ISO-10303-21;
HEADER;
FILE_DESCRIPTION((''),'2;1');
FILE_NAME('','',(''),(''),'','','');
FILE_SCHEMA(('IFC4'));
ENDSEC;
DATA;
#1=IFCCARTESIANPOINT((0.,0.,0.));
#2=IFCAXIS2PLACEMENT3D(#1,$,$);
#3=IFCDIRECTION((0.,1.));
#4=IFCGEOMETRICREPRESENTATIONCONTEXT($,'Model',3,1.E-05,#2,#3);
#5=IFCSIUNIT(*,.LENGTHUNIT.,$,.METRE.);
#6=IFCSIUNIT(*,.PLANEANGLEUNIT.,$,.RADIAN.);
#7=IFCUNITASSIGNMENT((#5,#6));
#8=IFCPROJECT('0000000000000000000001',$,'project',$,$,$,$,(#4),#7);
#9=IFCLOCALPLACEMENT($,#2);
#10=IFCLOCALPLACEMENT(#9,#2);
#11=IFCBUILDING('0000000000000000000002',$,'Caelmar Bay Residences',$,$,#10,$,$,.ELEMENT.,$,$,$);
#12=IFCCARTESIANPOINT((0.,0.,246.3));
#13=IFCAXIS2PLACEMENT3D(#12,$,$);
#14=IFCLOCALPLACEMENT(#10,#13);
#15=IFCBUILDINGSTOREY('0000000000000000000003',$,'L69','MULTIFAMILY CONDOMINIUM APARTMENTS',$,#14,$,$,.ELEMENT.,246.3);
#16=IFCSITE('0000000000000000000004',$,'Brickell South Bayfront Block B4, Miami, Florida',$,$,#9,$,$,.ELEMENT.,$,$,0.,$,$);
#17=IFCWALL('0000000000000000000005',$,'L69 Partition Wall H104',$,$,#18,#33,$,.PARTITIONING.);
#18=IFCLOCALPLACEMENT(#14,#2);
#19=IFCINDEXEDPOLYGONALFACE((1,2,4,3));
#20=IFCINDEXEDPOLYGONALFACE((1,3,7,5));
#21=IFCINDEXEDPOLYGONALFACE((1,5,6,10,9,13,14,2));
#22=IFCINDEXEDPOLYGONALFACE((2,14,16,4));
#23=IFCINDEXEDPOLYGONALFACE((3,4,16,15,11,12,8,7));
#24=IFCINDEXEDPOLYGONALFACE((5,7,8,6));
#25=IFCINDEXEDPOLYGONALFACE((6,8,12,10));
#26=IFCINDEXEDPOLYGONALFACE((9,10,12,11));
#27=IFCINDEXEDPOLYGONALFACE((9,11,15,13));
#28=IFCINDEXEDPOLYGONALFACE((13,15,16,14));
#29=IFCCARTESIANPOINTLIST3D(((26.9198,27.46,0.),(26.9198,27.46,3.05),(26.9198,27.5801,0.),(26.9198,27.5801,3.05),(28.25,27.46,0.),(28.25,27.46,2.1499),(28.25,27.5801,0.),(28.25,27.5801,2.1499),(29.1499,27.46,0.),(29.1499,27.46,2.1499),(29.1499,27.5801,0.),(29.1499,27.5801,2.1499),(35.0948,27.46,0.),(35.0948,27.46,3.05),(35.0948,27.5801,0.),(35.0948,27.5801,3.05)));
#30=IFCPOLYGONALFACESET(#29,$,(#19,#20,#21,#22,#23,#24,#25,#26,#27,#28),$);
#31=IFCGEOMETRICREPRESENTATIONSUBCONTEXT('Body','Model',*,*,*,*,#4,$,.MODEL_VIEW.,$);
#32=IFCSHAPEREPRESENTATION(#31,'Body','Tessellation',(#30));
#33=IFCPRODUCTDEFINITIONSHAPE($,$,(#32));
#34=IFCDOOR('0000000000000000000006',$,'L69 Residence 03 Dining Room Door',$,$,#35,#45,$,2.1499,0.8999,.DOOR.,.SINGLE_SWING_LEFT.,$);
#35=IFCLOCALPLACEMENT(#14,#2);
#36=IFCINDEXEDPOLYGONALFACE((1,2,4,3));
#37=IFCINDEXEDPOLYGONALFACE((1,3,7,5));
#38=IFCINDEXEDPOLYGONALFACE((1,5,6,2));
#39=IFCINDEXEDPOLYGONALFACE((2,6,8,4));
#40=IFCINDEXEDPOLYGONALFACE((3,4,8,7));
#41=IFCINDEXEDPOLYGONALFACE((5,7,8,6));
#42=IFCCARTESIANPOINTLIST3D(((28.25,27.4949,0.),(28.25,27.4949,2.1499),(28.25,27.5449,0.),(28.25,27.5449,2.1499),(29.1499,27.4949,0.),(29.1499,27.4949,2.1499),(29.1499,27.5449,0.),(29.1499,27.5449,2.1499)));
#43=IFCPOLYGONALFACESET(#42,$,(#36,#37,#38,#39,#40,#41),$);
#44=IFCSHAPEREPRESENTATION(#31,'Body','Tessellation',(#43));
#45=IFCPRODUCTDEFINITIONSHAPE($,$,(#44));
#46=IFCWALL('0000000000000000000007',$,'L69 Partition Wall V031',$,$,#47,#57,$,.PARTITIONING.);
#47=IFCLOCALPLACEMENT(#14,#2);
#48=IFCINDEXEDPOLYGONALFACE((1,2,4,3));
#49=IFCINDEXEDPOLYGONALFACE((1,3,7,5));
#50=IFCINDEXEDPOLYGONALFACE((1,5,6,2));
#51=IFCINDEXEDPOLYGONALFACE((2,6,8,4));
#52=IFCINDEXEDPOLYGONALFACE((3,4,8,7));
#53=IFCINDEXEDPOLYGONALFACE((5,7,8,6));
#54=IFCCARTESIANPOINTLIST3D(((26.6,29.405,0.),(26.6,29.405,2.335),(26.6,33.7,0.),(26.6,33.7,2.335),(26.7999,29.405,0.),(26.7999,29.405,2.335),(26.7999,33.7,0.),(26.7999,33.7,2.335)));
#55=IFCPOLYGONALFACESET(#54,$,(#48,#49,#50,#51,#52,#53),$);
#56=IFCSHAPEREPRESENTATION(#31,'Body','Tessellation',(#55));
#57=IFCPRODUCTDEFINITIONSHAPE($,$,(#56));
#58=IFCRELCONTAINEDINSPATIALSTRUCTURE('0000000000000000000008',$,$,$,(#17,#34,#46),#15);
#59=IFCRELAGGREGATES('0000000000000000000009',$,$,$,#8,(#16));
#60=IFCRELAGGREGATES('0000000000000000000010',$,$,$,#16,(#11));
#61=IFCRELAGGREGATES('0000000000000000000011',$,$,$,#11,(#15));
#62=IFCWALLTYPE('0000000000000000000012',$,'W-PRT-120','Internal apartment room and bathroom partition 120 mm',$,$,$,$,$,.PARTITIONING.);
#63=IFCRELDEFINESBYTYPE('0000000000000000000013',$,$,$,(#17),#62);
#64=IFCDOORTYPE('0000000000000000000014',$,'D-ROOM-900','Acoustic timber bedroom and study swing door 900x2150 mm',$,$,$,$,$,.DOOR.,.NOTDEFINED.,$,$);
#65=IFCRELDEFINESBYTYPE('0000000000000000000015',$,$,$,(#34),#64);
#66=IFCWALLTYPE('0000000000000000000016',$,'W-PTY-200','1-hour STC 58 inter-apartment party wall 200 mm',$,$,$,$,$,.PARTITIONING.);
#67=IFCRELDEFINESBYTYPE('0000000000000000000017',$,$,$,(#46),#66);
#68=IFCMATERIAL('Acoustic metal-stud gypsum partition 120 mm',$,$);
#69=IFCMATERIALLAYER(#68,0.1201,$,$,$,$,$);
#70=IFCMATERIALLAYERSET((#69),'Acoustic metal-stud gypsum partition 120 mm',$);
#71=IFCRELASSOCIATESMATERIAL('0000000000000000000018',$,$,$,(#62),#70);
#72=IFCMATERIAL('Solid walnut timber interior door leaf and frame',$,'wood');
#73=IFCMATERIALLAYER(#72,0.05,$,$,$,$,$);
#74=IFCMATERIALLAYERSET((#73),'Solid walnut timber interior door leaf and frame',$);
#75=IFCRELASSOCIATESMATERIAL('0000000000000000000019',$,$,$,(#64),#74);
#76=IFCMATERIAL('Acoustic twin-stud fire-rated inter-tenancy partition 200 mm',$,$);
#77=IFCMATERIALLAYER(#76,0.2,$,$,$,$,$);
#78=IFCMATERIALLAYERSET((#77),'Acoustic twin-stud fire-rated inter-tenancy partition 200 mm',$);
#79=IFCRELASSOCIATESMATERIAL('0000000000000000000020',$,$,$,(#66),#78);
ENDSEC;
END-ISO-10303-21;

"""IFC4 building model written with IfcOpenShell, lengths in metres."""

from ifc_helpers import new_model, si_unit, direction, frame, frame_2d, origin, place, context, subcontext, project, spatial, rectangle, extrude, material, layer, layer_set, type_object, element, fill, save


model = new_model("IFC4")

# Units and contexts
model_context = context("Model", 3, precision=1e-05, world=origin(), true_north=direction((0.0, 1.0)))
body_context = subcontext(model_context, "Body", "Model", "MODEL_VIEW")
ifc_project = project(units=[si_unit("LENGTHUNIT", "METRE"), si_unit("PLANEANGLEUNIT", "RADIAN")], contexts=[model_context])

# Site, building, storey
site_placement = place(None, origin())
site = spatial("IfcSite", under=ifc_project, at=site_placement, Name="Brickell South Bayfront Block B4, Miami, Florida", CompositionType="ELEMENT", RefElevation=0.0)
building_placement = place(site_placement, origin())
building = spatial("IfcBuilding", under=site, at=building_placement, Name="Caelmar Bay Residences", CompositionType="ELEMENT")
storey_placement = place(building_placement, frame((0.0, 0.0, 246.3)))
storey = spatial("IfcBuildingStorey", under=building, at=storey_placement, Name="L69", Description="MULTIFAMILY CONDOMINIUM APARTMENTS", CompositionType="ELEMENT", Elevation=246.3)

# Shared definitions
ifc_material_1 = material(Name="Acoustic metal-stud gypsum partition 120 mm")
ifc_layer_1 = layer(ifc_material_1, 0.1201)
ifc_layer_set_1 = layer_set([ifc_layer_1], Name="Acoustic metal-stud gypsum partition 120 mm")
wall_type_1 = type_object("IfcWallType", Name="W-PRT-120", Description="Internal apartment room and bathroom partition 120 mm", PredefinedType="PARTITIONING", material=ifc_layer_set_1)

# Shared definitions
ifc_material_2 = material(Name="Solid walnut timber interior door leaf and frame", Category="wood")
ifc_layer_2 = layer(ifc_material_2, 0.05)
ifc_layer_set_2 = layer_set([ifc_layer_2], Name="Solid walnut timber interior door leaf and frame")
door_type_1 = type_object("IfcDoorType", Name="D-ROOM-900", Description="Acoustic timber bedroom and study swing door 900x2150 mm", OperationType="NOTDEFINED", PredefinedType="DOOR", material=ifc_layer_set_2)

# Wall, opening, door
wall_1_placement = place(storey_placement, frame((26.9199, 27.52, 0.0), z_axis=(0.0, 0.0, 1.0), x_axis=(1.0, 0.0, 0.0)))
wall_1 = element("IfcWall", 1, at=wall_1_placement, inside=storey, type_object=wall_type_1, Name="L69 Partition Wall H104", PredefinedType="PARTITIONING", context=body_context, shape_type="SweptSolid", body=[
    extrude(rectangle(XDim=8.175, YDim=0.1201, at=frame_2d((4.0874, 0.0))), origin(), (0.0, 0.0, 1.0), 3.05),
])
opening_1_placement = place(wall_1_placement, frame((1.3301, 0.0, 0.0)))
opening_1 = element("IfcOpeningElement", 2, at=opening_1_placement, cuts=wall_1, PredefinedType="OPENING", context=body_context, shape_type="SweptSolid", body=[
    extrude(rectangle(XDim=0.8999, YDim=2.1499, at=frame_2d((0.45, 1.075))), frame((0.0, 0.0701, 0.0), z_axis=(0.0, -1.0, 0.0), x_axis=(1.0, 0.0, 0.0)), (0.0, 0.0, 1.0), 0.1401),
])
door_1_placement = place(opening_1_placement, origin())
door_1 = element("IfcDoor", 3, at=door_1_placement, inside=storey, type_object=door_type_1, Name="L69 Residence 03 Dining Room Door", OperationType="SINGLE_SWING_LEFT", OverallHeight=2.1499, OverallWidth=0.8999, PredefinedType="DOOR", context=body_context, shape_type="SweptSolid", body=[
    extrude(rectangle(XDim=0.8999, YDim=2.1499, at=frame_2d((0.45, 1.075))), frame((0.0, 0.0249, 0.0), z_axis=(0.0, -1.0, 0.0), x_axis=(1.0, 0.0, 0.0)), (0.0, 0.0, 1.0), 0.05),
])
fill(opening_1, door_1)

# Wall
ifc_material_3 = material(Name="Acoustic twin-stud fire-rated inter-tenancy partition 200 mm")
ifc_layer_3 = layer(ifc_material_3, 0.2)
ifc_layer_set_3 = layer_set([ifc_layer_3], Name="Acoustic twin-stud fire-rated inter-tenancy partition 200 mm")
wall_type_2 = type_object("IfcWallType", Name="W-PTY-200", Description="1-hour STC 58 inter-apartment party wall 200 mm", PredefinedType="PARTITIONING", material=ifc_layer_set_3)
wall_2_placement = place(storey_placement, frame((26.7, 29.405, 0.0), z_axis=(0.0, 0.0, 1.0), x_axis=(0.0, 1.0, 0.0)))
element("IfcWall", 4, at=wall_2_placement, inside=storey, type_object=wall_type_2, Name="L69 Partition Wall V031", PredefinedType="PARTITIONING", context=body_context, shape_type="SweptSolid", body=[
    extrude(rectangle(XDim=4.2949, YDim=0.2, at=frame_2d((2.1475, 0.0))), origin(), (0.0, 0.0, 1.0), 2.335),
])

save(model, "model.ifc")
